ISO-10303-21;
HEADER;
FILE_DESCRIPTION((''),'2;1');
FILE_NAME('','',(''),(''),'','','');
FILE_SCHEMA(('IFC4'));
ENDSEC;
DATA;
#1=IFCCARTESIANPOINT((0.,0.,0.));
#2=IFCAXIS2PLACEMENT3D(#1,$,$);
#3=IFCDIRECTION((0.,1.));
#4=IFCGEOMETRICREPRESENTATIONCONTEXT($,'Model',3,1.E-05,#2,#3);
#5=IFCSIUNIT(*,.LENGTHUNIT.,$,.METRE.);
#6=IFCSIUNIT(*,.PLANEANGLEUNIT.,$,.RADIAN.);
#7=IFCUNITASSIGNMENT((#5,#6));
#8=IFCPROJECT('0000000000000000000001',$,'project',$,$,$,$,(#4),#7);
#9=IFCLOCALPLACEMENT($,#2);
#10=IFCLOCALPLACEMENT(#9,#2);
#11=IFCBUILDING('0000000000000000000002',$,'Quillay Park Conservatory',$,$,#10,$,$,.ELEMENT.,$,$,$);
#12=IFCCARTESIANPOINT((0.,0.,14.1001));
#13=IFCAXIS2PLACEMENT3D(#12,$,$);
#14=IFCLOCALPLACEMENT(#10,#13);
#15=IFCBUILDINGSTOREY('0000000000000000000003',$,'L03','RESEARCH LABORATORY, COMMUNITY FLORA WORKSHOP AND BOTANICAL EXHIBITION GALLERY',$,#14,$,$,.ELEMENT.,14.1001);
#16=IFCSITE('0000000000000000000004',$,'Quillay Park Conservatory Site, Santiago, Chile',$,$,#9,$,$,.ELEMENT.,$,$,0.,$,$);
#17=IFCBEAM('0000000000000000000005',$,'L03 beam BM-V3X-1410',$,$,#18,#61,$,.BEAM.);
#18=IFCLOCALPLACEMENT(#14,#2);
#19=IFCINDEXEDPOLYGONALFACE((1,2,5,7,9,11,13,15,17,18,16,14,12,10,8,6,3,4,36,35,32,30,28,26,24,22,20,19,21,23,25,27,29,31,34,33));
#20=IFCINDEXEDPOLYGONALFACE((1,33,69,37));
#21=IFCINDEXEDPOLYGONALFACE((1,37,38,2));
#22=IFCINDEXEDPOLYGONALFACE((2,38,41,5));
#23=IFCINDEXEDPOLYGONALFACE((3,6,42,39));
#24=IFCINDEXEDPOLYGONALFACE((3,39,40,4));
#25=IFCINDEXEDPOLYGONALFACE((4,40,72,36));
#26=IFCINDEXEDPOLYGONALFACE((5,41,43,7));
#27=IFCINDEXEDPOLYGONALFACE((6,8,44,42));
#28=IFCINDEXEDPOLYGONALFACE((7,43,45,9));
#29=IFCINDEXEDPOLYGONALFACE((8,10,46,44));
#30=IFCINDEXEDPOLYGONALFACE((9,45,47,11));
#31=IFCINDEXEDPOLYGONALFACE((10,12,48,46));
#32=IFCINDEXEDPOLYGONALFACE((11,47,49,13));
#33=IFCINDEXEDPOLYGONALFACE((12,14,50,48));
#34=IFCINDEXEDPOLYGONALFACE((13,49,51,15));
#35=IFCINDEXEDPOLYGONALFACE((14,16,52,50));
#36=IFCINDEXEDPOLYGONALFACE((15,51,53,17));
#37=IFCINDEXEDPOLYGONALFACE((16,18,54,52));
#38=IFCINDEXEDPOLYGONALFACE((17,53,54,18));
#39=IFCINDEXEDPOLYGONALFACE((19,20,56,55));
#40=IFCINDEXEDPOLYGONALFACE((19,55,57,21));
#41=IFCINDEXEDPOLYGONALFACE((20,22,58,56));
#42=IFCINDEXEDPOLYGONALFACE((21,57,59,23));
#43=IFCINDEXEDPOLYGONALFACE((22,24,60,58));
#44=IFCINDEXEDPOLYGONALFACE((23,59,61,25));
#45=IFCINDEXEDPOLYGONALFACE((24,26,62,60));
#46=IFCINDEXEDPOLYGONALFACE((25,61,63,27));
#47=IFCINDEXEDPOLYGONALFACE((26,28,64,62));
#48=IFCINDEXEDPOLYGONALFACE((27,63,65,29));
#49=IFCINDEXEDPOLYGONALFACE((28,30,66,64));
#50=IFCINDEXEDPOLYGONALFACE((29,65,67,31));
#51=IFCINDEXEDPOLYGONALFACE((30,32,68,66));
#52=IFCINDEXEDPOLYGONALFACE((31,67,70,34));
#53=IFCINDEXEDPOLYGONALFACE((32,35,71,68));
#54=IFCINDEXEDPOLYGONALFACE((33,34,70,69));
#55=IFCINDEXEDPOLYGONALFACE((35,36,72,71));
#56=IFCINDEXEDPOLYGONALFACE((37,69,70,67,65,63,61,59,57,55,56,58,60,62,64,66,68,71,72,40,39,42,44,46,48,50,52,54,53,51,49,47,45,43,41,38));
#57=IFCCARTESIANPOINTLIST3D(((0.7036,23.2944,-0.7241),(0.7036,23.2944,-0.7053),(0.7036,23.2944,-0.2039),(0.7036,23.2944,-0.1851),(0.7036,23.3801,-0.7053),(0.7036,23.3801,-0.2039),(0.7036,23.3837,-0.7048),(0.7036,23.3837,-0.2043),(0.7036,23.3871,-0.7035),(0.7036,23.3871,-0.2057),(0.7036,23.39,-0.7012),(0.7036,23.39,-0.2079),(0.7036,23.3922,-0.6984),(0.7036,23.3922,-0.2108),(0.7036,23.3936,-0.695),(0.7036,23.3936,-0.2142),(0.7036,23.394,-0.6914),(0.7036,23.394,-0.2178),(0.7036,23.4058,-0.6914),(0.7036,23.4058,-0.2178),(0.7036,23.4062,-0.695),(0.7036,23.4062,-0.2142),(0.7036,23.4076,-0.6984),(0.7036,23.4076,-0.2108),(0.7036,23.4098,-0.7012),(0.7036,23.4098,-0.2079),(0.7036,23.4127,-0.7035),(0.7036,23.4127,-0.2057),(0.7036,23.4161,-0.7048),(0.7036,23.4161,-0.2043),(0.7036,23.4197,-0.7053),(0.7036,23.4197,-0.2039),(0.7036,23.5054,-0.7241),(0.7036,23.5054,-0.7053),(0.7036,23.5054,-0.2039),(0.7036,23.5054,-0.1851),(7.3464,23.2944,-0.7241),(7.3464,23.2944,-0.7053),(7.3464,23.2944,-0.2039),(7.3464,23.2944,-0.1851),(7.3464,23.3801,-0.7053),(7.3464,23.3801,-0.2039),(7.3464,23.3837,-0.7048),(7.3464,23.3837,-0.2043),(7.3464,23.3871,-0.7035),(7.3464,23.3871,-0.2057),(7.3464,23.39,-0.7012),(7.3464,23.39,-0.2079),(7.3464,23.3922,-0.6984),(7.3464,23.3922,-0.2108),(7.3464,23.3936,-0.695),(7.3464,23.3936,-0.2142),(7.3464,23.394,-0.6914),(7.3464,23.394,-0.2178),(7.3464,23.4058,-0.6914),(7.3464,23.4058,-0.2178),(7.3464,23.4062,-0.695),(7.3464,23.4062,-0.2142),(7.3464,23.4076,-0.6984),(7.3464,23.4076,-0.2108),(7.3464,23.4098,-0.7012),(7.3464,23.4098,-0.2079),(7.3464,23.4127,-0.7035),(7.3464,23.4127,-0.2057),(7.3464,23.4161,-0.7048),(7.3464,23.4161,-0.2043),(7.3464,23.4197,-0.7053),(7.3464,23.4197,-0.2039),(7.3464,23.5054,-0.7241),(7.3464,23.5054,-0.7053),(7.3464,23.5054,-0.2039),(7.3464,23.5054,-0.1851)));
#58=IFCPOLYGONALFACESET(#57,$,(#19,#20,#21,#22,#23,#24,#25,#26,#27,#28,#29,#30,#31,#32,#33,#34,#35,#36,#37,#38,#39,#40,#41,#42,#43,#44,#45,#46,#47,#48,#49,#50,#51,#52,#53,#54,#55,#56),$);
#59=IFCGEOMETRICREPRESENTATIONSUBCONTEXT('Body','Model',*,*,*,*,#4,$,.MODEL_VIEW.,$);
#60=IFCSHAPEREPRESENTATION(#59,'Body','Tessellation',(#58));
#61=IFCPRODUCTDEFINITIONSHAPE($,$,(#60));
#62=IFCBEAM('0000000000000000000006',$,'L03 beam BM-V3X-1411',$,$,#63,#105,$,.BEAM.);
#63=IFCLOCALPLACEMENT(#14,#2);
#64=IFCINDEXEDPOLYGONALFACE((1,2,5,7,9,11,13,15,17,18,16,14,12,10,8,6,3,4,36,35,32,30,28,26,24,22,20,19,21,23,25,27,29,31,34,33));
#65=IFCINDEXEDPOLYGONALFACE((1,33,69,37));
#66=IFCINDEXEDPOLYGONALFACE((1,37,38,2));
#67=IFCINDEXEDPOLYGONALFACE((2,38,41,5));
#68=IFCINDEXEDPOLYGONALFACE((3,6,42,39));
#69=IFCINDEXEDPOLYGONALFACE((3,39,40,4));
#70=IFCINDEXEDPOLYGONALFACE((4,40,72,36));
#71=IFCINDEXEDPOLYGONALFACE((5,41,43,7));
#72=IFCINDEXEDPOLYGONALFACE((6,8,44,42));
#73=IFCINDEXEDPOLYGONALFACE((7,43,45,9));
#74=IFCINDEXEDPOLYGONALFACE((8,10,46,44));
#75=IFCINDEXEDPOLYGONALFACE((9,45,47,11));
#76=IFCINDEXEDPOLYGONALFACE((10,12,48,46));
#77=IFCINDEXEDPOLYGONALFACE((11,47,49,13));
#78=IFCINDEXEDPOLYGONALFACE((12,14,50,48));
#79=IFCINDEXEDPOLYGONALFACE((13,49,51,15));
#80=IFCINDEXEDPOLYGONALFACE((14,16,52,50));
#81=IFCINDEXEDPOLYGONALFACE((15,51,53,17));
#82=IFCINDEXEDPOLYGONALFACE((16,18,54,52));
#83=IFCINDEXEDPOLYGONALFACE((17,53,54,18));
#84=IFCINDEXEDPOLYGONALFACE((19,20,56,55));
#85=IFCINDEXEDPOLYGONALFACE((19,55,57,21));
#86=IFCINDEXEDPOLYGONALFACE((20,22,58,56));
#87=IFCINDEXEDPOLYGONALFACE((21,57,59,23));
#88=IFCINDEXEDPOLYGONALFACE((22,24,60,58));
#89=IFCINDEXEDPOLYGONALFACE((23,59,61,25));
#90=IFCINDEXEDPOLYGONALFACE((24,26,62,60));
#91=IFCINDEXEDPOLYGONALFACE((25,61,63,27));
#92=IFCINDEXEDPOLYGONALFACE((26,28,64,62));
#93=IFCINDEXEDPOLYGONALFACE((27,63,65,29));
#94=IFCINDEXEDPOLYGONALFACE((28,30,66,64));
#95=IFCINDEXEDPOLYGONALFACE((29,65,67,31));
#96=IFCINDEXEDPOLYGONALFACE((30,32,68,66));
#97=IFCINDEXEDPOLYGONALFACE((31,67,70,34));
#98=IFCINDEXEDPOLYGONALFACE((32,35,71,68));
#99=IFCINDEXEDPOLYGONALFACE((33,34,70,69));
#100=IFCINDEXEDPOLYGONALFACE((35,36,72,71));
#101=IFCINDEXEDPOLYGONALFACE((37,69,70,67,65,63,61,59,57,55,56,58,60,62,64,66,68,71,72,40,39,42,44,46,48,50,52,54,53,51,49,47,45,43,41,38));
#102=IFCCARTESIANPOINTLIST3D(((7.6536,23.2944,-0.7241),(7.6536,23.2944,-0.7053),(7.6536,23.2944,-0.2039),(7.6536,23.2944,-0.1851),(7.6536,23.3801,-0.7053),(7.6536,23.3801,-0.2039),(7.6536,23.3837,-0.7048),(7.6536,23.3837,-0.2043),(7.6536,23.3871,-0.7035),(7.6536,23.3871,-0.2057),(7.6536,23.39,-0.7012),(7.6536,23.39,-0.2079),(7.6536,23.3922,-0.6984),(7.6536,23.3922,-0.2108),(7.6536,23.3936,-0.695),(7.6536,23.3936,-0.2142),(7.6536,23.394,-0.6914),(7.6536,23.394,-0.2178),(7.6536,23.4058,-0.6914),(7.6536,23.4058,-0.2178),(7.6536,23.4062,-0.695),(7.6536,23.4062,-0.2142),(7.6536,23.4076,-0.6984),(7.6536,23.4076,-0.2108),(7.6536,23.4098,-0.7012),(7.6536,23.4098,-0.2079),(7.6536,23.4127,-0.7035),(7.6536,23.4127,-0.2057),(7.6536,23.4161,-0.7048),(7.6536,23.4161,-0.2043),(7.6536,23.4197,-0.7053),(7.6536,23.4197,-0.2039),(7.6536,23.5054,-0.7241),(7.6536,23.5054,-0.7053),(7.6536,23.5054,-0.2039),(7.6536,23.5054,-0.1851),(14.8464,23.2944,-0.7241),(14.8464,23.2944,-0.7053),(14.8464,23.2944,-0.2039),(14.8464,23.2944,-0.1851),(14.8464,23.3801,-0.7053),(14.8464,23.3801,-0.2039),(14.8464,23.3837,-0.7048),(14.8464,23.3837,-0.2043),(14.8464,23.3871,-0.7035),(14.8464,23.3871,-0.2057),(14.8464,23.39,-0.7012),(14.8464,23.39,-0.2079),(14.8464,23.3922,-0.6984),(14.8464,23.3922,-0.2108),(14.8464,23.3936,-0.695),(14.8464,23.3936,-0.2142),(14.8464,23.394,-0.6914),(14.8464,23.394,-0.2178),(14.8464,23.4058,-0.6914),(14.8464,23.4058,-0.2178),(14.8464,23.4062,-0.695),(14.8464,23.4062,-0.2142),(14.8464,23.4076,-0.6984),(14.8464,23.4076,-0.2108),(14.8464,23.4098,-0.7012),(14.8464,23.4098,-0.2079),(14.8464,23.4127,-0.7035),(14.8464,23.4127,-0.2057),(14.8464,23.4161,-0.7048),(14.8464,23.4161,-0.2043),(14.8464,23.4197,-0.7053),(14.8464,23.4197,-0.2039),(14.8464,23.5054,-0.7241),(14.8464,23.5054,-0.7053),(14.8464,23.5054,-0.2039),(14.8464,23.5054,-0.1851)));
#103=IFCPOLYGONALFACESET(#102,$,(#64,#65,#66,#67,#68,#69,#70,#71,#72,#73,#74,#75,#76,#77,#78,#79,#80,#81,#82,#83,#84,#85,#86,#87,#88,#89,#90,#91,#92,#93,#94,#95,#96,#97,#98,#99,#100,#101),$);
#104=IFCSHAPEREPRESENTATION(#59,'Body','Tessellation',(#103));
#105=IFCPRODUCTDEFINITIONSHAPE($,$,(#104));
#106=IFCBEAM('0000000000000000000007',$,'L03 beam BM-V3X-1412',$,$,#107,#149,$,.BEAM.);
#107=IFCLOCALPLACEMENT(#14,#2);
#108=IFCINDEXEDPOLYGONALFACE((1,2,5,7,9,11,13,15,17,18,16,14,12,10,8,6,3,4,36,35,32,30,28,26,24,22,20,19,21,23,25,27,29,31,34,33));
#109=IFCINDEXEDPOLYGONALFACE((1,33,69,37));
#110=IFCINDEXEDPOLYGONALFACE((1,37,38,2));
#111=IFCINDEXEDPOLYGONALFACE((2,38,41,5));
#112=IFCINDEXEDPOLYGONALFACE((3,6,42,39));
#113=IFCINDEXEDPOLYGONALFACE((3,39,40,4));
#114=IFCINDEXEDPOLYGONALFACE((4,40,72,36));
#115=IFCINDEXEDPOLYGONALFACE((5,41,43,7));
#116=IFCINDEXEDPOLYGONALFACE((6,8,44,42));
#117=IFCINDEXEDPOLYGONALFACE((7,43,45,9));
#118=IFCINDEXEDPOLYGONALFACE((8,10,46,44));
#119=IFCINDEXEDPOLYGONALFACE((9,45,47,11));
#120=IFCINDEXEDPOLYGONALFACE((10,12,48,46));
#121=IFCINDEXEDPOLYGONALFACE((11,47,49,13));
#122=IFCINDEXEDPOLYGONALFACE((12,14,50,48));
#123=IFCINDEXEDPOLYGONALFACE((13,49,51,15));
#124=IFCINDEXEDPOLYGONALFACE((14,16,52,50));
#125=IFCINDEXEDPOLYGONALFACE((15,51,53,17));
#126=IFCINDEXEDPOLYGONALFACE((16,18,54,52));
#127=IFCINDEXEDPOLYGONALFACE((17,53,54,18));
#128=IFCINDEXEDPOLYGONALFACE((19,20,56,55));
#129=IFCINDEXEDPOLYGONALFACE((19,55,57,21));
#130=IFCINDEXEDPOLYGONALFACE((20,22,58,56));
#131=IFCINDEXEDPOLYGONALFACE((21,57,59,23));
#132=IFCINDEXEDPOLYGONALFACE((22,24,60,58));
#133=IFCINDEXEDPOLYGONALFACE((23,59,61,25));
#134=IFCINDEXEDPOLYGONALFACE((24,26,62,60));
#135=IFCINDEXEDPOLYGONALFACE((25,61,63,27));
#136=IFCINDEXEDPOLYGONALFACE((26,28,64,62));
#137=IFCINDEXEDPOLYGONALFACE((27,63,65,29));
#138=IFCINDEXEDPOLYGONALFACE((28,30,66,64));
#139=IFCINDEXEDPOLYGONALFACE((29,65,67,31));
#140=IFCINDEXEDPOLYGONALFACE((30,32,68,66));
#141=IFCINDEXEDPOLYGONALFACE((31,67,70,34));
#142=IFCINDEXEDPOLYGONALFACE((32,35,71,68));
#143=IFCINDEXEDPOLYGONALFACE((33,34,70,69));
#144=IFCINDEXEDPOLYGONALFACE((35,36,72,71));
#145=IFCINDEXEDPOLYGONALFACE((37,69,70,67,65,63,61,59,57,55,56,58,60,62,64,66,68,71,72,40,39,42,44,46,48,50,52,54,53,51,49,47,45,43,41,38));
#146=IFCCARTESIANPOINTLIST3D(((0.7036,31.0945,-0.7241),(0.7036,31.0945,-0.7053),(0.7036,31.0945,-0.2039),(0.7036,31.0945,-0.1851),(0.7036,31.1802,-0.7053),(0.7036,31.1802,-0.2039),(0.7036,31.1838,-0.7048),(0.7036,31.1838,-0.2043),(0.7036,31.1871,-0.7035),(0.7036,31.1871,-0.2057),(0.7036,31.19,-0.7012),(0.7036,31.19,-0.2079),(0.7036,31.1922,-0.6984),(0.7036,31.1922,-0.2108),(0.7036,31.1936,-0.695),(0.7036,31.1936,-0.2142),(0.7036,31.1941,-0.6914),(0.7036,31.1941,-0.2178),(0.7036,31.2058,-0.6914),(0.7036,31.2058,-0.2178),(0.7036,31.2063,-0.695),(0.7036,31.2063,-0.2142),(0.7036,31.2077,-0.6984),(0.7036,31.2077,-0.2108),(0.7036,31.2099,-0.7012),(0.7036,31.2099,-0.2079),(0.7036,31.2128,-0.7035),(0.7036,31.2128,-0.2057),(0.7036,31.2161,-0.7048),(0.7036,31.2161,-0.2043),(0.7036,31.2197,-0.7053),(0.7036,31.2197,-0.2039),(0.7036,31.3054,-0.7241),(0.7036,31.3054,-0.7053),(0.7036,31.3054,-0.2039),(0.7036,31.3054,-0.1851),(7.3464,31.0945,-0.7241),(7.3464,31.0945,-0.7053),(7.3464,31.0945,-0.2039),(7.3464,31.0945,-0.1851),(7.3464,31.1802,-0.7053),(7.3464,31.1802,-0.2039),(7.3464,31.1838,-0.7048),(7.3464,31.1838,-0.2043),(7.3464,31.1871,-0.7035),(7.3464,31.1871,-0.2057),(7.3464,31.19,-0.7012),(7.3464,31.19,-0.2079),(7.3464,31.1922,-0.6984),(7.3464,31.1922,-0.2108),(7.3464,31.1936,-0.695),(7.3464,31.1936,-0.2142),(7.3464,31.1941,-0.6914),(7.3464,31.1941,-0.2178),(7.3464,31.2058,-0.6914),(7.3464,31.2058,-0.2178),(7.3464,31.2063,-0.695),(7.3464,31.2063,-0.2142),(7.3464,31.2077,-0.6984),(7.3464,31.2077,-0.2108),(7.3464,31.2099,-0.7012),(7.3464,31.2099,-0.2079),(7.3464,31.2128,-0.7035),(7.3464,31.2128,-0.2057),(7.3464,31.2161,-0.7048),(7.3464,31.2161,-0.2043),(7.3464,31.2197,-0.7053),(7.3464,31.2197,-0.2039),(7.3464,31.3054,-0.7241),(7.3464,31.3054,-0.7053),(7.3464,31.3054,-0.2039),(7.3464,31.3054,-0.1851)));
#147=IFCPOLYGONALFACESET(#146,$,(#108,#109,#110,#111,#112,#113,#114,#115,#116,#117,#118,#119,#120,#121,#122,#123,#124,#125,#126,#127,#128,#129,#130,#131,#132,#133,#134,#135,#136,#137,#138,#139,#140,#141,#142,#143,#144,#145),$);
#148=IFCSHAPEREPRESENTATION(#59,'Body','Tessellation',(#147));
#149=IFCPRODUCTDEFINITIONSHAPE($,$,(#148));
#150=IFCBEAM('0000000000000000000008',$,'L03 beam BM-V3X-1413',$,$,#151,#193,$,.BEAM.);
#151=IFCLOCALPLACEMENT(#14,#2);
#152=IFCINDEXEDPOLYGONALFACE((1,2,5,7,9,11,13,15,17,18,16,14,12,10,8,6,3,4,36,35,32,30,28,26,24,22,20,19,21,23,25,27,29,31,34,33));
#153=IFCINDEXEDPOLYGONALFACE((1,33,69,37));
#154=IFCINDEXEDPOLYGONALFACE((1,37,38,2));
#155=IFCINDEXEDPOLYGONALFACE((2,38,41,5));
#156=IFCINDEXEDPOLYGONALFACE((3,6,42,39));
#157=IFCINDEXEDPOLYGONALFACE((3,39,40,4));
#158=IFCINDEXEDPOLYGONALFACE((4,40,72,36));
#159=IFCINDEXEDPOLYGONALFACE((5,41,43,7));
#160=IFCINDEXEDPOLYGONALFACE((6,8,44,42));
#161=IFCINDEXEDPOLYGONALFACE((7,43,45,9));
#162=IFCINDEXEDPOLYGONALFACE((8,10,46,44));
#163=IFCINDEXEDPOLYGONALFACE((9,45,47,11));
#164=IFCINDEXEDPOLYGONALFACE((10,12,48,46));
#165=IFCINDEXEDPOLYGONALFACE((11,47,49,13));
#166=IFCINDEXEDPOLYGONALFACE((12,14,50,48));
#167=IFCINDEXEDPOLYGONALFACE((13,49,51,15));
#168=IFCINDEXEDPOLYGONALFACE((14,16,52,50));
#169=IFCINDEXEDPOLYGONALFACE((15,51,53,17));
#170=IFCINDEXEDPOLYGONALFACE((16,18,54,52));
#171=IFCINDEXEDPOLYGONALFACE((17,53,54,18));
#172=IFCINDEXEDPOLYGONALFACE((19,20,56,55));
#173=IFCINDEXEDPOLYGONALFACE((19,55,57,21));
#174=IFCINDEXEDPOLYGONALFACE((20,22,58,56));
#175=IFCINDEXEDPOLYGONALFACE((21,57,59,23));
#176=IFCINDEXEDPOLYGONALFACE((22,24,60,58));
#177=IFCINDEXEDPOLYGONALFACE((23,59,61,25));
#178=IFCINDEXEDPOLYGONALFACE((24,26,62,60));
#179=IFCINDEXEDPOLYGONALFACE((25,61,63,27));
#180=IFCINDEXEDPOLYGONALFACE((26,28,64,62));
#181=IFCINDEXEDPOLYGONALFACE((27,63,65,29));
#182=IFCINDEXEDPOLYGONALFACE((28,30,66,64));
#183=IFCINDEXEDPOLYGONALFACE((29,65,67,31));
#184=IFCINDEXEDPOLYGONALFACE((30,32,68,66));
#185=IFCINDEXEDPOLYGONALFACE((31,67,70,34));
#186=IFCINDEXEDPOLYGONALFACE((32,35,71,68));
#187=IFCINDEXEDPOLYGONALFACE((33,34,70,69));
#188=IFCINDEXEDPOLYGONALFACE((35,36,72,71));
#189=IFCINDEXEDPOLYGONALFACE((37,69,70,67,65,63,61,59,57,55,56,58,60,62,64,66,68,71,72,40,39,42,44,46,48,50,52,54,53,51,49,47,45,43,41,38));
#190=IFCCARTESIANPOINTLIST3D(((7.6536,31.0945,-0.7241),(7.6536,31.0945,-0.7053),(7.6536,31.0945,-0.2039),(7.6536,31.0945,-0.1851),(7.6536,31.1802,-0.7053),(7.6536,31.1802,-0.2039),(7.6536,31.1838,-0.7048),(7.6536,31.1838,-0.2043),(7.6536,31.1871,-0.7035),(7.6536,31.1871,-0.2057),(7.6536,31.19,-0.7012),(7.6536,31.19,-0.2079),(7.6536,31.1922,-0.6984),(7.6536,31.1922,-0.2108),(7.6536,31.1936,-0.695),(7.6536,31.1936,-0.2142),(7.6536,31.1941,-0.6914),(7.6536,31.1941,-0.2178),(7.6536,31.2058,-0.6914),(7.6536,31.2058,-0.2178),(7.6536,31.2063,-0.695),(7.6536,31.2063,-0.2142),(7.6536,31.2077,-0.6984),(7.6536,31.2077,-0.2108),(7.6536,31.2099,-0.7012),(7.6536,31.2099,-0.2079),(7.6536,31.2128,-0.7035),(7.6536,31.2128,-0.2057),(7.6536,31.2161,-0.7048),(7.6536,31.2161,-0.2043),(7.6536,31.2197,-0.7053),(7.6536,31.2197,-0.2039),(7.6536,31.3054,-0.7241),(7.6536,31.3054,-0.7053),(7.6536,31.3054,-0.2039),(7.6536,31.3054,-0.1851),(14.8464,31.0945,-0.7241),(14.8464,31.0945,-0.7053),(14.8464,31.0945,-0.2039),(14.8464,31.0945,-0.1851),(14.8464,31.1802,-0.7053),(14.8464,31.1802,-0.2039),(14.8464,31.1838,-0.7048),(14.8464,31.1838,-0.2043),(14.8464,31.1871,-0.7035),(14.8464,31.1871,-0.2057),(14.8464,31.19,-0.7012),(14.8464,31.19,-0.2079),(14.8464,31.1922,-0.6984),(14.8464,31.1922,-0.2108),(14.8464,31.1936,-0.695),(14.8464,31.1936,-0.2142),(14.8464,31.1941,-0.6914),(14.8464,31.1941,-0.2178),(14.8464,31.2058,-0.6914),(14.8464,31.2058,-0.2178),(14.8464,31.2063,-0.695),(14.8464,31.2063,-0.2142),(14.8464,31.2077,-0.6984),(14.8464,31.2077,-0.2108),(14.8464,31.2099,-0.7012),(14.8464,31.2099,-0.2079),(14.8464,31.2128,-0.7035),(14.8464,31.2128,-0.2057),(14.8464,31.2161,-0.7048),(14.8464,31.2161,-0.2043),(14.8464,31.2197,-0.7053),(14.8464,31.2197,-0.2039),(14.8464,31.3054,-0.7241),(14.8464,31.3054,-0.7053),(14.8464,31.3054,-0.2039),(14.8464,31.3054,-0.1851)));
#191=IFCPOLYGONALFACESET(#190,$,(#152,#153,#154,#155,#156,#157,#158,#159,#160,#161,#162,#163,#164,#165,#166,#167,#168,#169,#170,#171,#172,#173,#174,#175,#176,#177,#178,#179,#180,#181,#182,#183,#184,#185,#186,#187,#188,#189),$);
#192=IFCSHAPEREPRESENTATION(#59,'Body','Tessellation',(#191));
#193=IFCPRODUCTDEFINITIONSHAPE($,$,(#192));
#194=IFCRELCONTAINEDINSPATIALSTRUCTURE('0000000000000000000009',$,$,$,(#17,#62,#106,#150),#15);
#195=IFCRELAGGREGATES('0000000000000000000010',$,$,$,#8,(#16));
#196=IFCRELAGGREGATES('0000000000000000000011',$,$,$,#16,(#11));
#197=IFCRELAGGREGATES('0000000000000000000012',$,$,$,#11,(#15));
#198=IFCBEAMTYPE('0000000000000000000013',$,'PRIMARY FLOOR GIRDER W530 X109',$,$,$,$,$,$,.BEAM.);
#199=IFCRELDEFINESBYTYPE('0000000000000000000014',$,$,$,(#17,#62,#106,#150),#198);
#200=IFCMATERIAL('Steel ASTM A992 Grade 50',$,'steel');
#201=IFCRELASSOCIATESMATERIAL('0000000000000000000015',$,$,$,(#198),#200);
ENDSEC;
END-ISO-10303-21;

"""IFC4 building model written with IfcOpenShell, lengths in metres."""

from ifc_helpers import new_model, si_unit, direction, frame, origin, origin_2d, place, context, subcontext, project, spatial, i_section, extrude, material, material_profile, profile_set, type_object, element, save


model = new_model("IFC4")

# Units and contexts
model_context = context("Model", 3, precision=1e-05, world=origin(), true_north=direction((0.0, 1.0)))
body_context = subcontext(model_context, "Body", "Model", "MODEL_VIEW")
ifc_project = project(units=[si_unit("LENGTHUNIT", "METRE"), si_unit("PLANEANGLEUNIT", "RADIAN")], contexts=[model_context])

# Site, building, storey
site_placement = place(None, origin())
site = spatial("IfcSite", under=ifc_project, at=site_placement, Name="Quillay Park Conservatory Site, Santiago, Chile", CompositionType="ELEMENT", RefElevation=0.0)
building_placement = place(site_placement, origin())
building = spatial("IfcBuilding", under=site, at=building_placement, Name="Quillay Park Conservatory", CompositionType="ELEMENT")
storey_placement = place(building_placement, frame((0.0, 0.0, 14.1001)))
storey = spatial("IfcBuildingStorey", under=building, at=storey_placement, Name="L03", Description="RESEARCH LABORATORY, COMMUNITY FLORA WORKSHOP AND BOTANICAL EXHIBITION GALLERY", CompositionType="ELEMENT", Elevation=14.1001)

# Beams
ifc_material_1 = material(Name="Steel ASTM A992 Grade 50", Category="steel")
ifc_material_profile_1 = material_profile(ifc_material_1, i_section(OverallWidth=0.2109, OverallDepth=0.5391, WebThickness=0.0117, FlangeThickness=0.0188, FilletRadius=0.0139, at=origin_2d()), Name="W530x109")
ifc_profile_set_1 = profile_set([ifc_material_profile_1], Name="Steel ASTM A992 Grade 50")
beam_type_1 = type_object("IfcBeamType", Name="PRIMARY FLOOR GIRDER W530 X109", PredefinedType="BEAM", material=ifc_profile_set_1)
beam_1_placement = place(storey_placement, frame((0.7036, 23.3999, -0.4546), z_axis=(1.0, 0.0, 0.0), x_axis=(0.0, 1.0, 0.0)))
element("IfcBeam", 1, at=beam_1_placement, inside=storey, type_object=beam_type_1, Name="L03 beam BM-V3X-1410", PredefinedType="BEAM", context=body_context, shape_type="SweptSolid", body=[
    extrude(i_section(OverallWidth=0.2109, OverallDepth=0.5391, WebThickness=0.0117, FlangeThickness=0.0188, FilletRadius=0.0139, at=origin_2d()), origin(), (0.0, 0.0, 1.0), 6.6428),
])
beam_2_placement = place(storey_placement, frame((7.6536, 23.3999, -0.4546), z_axis=(1.0, 0.0, 0.0), x_axis=(0.0, 1.0, 0.0)))
element("IfcBeam", 2, at=beam_2_placement, inside=storey, type_object=beam_type_1, Name="L03 beam BM-V3X-1411", PredefinedType="BEAM", context=body_context, shape_type="SweptSolid", body=[
    extrude(i_section(OverallWidth=0.2109, OverallDepth=0.5391, WebThickness=0.0117, FlangeThickness=0.0188, FilletRadius=0.0139, at=origin_2d()), origin(), (0.0, 0.0, 1.0), 7.1929),
])
beam_3_placement = place(storey_placement, frame((0.7036, 31.2, -0.4546), z_axis=(1.0, 0.0, 0.0), x_axis=(0.0, 1.0, 0.0)))
element("IfcBeam", 3, at=beam_3_placement, inside=storey, type_object=beam_type_1, Name="L03 beam BM-V3X-1412", PredefinedType="BEAM", context=body_context, shape_type="SweptSolid", body=[
    extrude(i_section(OverallWidth=0.2109, OverallDepth=0.5391, WebThickness=0.0117, FlangeThickness=0.0188, FilletRadius=0.0139, at=origin_2d()), origin(), (0.0, 0.0, 1.0), 6.6428),
])
beam_4_placement = place(storey_placement, frame((7.6536, 31.2, -0.4546), z_axis=(1.0, 0.0, 0.0), x_axis=(0.0, 1.0, 0.0)))
element("IfcBeam", 4, at=beam_4_placement, inside=storey, type_object=beam_type_1, Name="L03 beam BM-V3X-1413", PredefinedType="BEAM", context=body_context, shape_type="SweptSolid", body=[
    extrude(i_section(OverallWidth=0.2109, OverallDepth=0.5391, WebThickness=0.0117, FlangeThickness=0.0188, FilletRadius=0.0139, at=origin_2d()), origin(), (0.0, 0.0, 1.0), 7.1929),
])

save(model, "model.ifc")
